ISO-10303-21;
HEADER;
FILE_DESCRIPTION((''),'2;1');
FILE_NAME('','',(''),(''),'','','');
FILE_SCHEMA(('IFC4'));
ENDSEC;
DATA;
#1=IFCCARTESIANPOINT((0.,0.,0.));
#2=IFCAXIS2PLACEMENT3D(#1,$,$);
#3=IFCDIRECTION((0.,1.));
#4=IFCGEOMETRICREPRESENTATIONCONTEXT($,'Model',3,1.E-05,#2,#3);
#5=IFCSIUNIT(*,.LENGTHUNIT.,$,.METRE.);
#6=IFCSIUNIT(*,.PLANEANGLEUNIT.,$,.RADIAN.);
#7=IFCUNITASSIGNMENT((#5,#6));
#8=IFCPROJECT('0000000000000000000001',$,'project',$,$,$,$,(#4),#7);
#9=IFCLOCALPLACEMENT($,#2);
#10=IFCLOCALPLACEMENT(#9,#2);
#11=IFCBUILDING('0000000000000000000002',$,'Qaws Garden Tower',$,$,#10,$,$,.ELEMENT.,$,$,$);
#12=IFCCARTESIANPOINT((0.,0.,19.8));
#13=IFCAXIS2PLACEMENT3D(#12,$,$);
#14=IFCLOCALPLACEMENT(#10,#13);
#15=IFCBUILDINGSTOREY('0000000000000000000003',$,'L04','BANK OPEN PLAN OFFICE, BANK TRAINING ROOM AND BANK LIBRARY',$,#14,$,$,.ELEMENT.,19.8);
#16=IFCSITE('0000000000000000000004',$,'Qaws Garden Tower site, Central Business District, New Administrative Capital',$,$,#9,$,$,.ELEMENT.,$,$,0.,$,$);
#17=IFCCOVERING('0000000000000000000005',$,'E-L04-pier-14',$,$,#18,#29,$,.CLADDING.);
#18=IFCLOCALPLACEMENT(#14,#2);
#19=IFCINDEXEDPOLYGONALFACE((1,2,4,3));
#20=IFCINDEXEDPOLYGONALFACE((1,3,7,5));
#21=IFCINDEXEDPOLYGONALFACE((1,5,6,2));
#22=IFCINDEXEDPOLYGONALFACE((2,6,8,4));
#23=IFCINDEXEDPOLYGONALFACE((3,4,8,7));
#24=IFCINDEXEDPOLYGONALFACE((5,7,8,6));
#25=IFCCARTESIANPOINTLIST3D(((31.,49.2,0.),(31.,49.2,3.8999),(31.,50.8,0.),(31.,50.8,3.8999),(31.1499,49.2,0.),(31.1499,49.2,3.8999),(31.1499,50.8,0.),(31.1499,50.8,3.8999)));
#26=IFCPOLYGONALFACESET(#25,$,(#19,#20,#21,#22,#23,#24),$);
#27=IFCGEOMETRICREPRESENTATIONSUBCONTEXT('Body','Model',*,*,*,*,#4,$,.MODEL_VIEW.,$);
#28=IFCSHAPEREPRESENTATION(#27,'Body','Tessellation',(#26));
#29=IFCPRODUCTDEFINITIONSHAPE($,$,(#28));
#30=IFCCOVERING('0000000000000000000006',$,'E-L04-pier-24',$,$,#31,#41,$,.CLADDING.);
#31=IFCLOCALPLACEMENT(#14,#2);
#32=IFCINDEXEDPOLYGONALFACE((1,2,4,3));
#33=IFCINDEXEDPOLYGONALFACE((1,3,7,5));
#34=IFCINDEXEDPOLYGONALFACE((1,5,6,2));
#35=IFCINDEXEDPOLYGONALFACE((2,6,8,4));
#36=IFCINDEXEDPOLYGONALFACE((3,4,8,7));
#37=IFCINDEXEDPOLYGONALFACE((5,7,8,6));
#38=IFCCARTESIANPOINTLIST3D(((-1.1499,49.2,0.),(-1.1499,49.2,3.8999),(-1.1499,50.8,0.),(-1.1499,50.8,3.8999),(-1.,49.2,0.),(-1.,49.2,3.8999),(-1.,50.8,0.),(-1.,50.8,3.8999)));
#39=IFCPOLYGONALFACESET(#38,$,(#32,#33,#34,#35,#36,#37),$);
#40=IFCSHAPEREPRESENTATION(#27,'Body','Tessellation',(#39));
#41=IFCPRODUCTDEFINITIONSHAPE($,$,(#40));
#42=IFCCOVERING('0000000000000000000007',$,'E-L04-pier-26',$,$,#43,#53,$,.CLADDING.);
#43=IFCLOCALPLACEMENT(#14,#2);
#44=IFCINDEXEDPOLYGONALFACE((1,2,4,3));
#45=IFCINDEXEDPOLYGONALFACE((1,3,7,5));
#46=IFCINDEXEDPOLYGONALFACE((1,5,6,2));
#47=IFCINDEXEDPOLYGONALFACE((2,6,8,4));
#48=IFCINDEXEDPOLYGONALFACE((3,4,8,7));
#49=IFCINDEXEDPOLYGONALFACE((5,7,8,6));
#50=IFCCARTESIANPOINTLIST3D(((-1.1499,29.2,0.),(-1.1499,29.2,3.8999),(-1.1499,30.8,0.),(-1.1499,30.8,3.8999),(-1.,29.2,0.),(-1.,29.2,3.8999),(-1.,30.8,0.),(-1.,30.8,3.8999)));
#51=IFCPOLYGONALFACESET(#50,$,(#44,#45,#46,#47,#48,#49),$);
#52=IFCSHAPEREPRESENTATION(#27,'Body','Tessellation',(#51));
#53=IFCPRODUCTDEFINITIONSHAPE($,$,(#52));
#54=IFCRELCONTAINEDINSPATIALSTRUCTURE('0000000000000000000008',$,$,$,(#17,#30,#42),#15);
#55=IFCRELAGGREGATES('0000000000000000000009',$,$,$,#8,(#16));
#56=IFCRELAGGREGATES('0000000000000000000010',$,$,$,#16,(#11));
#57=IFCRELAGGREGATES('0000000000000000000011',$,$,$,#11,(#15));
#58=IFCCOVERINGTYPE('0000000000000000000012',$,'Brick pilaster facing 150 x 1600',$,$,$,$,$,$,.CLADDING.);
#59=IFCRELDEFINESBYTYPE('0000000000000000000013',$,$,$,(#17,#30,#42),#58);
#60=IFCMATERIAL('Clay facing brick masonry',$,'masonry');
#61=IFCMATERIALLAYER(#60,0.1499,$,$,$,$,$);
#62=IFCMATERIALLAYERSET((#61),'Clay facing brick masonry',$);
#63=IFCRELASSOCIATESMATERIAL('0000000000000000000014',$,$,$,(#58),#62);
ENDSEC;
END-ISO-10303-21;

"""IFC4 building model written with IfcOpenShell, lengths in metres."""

from ifc_helpers import new_model, si_unit, direction, frame, origin, place, context, subcontext, project, spatial, polyline, outline, extrude, material, layer, layer_set, type_object, element, save


model = new_model("IFC4")

# Units and contexts
model_context = context("Model", 3, precision=1e-05, world=origin(), true_north=direction((0.0, 1.0)))
body_context = subcontext(model_context, "Body", "Model", "MODEL_VIEW")
ifc_project = project(units=[si_unit("LENGTHUNIT", "METRE"), si_unit("PLANEANGLEUNIT", "RADIAN")], contexts=[model_context])

# Site, building, storey
site_placement = place(None, origin())
site = spatial("IfcSite", under=ifc_project, at=site_placement, Name="Qaws Garden Tower site, Central Business District, New Administrative Capital", CompositionType="ELEMENT", RefElevation=0.0)
building_placement = place(site_placement, origin())
building = spatial("IfcBuilding", under=site, at=building_placement, Name="Qaws Garden Tower", CompositionType="ELEMENT")
storey_placement = place(building_placement, frame((0.0, 0.0, 19.8)))
storey = spatial("IfcBuildingStorey", under=building, at=storey_placement, Name="L04", Description="BANK OPEN PLAN OFFICE, BANK TRAINING ROOM AND BANK LIBRARY", CompositionType="ELEMENT", Elevation=19.8)

# Shared definitions
placement = place(storey_placement, origin())

# Coverings
ifc_material_1 = material(Name="Clay facing brick masonry", Category="masonry")
ifc_layer_1 = layer(ifc_material_1, 0.1499)
ifc_layer_set_1 = layer_set([ifc_layer_1], Name="Clay facing brick masonry")
covering_type = type_object("IfcCoveringType", Name="Brick pilaster facing 150 x 1600", PredefinedType="CLADDING", material=ifc_layer_set_1)
element("IfcCovering", 1, at=placement, inside=storey, type_object=covering_type, Name="E-L04-pier-14", PredefinedType="CLADDING", context=body_context, shape_type="SweptSolid", body=[
    extrude(outline(polyline([(31.0, 49.2), (31.0, 50.8), (31.1499, 50.8), (31.1499, 49.2), (31.0, 49.2)])), origin(), (0.0, 0.0, 1.0), 3.8999),
])
element("IfcCovering", 2, at=placement, inside=storey, type_object=covering_type, Name="E-L04-pier-24", PredefinedType="CLADDING", context=body_context, shape_type="SweptSolid", body=[
    extrude(outline(polyline([(-1.0, 50.8), (-1.0, 49.2), (-1.1499, 49.2), (-1.1499, 50.8), (-1.0, 50.8)])), origin(), (0.0, 0.0, 1.0), 3.8999),
])
element("IfcCovering", 3, at=placement, inside=storey, type_object=covering_type, Name="E-L04-pier-26", PredefinedType="CLADDING", context=body_context, shape_type="SweptSolid", body=[
    extrude(outline(polyline([(-1.0, 30.8), (-1.0, 29.2), (-1.1499, 29.2), (-1.1499, 30.8), (-1.0, 30.8)])), origin(), (0.0, 0.0, 1.0), 3.8999),
])

save(model, "model.ifc")
